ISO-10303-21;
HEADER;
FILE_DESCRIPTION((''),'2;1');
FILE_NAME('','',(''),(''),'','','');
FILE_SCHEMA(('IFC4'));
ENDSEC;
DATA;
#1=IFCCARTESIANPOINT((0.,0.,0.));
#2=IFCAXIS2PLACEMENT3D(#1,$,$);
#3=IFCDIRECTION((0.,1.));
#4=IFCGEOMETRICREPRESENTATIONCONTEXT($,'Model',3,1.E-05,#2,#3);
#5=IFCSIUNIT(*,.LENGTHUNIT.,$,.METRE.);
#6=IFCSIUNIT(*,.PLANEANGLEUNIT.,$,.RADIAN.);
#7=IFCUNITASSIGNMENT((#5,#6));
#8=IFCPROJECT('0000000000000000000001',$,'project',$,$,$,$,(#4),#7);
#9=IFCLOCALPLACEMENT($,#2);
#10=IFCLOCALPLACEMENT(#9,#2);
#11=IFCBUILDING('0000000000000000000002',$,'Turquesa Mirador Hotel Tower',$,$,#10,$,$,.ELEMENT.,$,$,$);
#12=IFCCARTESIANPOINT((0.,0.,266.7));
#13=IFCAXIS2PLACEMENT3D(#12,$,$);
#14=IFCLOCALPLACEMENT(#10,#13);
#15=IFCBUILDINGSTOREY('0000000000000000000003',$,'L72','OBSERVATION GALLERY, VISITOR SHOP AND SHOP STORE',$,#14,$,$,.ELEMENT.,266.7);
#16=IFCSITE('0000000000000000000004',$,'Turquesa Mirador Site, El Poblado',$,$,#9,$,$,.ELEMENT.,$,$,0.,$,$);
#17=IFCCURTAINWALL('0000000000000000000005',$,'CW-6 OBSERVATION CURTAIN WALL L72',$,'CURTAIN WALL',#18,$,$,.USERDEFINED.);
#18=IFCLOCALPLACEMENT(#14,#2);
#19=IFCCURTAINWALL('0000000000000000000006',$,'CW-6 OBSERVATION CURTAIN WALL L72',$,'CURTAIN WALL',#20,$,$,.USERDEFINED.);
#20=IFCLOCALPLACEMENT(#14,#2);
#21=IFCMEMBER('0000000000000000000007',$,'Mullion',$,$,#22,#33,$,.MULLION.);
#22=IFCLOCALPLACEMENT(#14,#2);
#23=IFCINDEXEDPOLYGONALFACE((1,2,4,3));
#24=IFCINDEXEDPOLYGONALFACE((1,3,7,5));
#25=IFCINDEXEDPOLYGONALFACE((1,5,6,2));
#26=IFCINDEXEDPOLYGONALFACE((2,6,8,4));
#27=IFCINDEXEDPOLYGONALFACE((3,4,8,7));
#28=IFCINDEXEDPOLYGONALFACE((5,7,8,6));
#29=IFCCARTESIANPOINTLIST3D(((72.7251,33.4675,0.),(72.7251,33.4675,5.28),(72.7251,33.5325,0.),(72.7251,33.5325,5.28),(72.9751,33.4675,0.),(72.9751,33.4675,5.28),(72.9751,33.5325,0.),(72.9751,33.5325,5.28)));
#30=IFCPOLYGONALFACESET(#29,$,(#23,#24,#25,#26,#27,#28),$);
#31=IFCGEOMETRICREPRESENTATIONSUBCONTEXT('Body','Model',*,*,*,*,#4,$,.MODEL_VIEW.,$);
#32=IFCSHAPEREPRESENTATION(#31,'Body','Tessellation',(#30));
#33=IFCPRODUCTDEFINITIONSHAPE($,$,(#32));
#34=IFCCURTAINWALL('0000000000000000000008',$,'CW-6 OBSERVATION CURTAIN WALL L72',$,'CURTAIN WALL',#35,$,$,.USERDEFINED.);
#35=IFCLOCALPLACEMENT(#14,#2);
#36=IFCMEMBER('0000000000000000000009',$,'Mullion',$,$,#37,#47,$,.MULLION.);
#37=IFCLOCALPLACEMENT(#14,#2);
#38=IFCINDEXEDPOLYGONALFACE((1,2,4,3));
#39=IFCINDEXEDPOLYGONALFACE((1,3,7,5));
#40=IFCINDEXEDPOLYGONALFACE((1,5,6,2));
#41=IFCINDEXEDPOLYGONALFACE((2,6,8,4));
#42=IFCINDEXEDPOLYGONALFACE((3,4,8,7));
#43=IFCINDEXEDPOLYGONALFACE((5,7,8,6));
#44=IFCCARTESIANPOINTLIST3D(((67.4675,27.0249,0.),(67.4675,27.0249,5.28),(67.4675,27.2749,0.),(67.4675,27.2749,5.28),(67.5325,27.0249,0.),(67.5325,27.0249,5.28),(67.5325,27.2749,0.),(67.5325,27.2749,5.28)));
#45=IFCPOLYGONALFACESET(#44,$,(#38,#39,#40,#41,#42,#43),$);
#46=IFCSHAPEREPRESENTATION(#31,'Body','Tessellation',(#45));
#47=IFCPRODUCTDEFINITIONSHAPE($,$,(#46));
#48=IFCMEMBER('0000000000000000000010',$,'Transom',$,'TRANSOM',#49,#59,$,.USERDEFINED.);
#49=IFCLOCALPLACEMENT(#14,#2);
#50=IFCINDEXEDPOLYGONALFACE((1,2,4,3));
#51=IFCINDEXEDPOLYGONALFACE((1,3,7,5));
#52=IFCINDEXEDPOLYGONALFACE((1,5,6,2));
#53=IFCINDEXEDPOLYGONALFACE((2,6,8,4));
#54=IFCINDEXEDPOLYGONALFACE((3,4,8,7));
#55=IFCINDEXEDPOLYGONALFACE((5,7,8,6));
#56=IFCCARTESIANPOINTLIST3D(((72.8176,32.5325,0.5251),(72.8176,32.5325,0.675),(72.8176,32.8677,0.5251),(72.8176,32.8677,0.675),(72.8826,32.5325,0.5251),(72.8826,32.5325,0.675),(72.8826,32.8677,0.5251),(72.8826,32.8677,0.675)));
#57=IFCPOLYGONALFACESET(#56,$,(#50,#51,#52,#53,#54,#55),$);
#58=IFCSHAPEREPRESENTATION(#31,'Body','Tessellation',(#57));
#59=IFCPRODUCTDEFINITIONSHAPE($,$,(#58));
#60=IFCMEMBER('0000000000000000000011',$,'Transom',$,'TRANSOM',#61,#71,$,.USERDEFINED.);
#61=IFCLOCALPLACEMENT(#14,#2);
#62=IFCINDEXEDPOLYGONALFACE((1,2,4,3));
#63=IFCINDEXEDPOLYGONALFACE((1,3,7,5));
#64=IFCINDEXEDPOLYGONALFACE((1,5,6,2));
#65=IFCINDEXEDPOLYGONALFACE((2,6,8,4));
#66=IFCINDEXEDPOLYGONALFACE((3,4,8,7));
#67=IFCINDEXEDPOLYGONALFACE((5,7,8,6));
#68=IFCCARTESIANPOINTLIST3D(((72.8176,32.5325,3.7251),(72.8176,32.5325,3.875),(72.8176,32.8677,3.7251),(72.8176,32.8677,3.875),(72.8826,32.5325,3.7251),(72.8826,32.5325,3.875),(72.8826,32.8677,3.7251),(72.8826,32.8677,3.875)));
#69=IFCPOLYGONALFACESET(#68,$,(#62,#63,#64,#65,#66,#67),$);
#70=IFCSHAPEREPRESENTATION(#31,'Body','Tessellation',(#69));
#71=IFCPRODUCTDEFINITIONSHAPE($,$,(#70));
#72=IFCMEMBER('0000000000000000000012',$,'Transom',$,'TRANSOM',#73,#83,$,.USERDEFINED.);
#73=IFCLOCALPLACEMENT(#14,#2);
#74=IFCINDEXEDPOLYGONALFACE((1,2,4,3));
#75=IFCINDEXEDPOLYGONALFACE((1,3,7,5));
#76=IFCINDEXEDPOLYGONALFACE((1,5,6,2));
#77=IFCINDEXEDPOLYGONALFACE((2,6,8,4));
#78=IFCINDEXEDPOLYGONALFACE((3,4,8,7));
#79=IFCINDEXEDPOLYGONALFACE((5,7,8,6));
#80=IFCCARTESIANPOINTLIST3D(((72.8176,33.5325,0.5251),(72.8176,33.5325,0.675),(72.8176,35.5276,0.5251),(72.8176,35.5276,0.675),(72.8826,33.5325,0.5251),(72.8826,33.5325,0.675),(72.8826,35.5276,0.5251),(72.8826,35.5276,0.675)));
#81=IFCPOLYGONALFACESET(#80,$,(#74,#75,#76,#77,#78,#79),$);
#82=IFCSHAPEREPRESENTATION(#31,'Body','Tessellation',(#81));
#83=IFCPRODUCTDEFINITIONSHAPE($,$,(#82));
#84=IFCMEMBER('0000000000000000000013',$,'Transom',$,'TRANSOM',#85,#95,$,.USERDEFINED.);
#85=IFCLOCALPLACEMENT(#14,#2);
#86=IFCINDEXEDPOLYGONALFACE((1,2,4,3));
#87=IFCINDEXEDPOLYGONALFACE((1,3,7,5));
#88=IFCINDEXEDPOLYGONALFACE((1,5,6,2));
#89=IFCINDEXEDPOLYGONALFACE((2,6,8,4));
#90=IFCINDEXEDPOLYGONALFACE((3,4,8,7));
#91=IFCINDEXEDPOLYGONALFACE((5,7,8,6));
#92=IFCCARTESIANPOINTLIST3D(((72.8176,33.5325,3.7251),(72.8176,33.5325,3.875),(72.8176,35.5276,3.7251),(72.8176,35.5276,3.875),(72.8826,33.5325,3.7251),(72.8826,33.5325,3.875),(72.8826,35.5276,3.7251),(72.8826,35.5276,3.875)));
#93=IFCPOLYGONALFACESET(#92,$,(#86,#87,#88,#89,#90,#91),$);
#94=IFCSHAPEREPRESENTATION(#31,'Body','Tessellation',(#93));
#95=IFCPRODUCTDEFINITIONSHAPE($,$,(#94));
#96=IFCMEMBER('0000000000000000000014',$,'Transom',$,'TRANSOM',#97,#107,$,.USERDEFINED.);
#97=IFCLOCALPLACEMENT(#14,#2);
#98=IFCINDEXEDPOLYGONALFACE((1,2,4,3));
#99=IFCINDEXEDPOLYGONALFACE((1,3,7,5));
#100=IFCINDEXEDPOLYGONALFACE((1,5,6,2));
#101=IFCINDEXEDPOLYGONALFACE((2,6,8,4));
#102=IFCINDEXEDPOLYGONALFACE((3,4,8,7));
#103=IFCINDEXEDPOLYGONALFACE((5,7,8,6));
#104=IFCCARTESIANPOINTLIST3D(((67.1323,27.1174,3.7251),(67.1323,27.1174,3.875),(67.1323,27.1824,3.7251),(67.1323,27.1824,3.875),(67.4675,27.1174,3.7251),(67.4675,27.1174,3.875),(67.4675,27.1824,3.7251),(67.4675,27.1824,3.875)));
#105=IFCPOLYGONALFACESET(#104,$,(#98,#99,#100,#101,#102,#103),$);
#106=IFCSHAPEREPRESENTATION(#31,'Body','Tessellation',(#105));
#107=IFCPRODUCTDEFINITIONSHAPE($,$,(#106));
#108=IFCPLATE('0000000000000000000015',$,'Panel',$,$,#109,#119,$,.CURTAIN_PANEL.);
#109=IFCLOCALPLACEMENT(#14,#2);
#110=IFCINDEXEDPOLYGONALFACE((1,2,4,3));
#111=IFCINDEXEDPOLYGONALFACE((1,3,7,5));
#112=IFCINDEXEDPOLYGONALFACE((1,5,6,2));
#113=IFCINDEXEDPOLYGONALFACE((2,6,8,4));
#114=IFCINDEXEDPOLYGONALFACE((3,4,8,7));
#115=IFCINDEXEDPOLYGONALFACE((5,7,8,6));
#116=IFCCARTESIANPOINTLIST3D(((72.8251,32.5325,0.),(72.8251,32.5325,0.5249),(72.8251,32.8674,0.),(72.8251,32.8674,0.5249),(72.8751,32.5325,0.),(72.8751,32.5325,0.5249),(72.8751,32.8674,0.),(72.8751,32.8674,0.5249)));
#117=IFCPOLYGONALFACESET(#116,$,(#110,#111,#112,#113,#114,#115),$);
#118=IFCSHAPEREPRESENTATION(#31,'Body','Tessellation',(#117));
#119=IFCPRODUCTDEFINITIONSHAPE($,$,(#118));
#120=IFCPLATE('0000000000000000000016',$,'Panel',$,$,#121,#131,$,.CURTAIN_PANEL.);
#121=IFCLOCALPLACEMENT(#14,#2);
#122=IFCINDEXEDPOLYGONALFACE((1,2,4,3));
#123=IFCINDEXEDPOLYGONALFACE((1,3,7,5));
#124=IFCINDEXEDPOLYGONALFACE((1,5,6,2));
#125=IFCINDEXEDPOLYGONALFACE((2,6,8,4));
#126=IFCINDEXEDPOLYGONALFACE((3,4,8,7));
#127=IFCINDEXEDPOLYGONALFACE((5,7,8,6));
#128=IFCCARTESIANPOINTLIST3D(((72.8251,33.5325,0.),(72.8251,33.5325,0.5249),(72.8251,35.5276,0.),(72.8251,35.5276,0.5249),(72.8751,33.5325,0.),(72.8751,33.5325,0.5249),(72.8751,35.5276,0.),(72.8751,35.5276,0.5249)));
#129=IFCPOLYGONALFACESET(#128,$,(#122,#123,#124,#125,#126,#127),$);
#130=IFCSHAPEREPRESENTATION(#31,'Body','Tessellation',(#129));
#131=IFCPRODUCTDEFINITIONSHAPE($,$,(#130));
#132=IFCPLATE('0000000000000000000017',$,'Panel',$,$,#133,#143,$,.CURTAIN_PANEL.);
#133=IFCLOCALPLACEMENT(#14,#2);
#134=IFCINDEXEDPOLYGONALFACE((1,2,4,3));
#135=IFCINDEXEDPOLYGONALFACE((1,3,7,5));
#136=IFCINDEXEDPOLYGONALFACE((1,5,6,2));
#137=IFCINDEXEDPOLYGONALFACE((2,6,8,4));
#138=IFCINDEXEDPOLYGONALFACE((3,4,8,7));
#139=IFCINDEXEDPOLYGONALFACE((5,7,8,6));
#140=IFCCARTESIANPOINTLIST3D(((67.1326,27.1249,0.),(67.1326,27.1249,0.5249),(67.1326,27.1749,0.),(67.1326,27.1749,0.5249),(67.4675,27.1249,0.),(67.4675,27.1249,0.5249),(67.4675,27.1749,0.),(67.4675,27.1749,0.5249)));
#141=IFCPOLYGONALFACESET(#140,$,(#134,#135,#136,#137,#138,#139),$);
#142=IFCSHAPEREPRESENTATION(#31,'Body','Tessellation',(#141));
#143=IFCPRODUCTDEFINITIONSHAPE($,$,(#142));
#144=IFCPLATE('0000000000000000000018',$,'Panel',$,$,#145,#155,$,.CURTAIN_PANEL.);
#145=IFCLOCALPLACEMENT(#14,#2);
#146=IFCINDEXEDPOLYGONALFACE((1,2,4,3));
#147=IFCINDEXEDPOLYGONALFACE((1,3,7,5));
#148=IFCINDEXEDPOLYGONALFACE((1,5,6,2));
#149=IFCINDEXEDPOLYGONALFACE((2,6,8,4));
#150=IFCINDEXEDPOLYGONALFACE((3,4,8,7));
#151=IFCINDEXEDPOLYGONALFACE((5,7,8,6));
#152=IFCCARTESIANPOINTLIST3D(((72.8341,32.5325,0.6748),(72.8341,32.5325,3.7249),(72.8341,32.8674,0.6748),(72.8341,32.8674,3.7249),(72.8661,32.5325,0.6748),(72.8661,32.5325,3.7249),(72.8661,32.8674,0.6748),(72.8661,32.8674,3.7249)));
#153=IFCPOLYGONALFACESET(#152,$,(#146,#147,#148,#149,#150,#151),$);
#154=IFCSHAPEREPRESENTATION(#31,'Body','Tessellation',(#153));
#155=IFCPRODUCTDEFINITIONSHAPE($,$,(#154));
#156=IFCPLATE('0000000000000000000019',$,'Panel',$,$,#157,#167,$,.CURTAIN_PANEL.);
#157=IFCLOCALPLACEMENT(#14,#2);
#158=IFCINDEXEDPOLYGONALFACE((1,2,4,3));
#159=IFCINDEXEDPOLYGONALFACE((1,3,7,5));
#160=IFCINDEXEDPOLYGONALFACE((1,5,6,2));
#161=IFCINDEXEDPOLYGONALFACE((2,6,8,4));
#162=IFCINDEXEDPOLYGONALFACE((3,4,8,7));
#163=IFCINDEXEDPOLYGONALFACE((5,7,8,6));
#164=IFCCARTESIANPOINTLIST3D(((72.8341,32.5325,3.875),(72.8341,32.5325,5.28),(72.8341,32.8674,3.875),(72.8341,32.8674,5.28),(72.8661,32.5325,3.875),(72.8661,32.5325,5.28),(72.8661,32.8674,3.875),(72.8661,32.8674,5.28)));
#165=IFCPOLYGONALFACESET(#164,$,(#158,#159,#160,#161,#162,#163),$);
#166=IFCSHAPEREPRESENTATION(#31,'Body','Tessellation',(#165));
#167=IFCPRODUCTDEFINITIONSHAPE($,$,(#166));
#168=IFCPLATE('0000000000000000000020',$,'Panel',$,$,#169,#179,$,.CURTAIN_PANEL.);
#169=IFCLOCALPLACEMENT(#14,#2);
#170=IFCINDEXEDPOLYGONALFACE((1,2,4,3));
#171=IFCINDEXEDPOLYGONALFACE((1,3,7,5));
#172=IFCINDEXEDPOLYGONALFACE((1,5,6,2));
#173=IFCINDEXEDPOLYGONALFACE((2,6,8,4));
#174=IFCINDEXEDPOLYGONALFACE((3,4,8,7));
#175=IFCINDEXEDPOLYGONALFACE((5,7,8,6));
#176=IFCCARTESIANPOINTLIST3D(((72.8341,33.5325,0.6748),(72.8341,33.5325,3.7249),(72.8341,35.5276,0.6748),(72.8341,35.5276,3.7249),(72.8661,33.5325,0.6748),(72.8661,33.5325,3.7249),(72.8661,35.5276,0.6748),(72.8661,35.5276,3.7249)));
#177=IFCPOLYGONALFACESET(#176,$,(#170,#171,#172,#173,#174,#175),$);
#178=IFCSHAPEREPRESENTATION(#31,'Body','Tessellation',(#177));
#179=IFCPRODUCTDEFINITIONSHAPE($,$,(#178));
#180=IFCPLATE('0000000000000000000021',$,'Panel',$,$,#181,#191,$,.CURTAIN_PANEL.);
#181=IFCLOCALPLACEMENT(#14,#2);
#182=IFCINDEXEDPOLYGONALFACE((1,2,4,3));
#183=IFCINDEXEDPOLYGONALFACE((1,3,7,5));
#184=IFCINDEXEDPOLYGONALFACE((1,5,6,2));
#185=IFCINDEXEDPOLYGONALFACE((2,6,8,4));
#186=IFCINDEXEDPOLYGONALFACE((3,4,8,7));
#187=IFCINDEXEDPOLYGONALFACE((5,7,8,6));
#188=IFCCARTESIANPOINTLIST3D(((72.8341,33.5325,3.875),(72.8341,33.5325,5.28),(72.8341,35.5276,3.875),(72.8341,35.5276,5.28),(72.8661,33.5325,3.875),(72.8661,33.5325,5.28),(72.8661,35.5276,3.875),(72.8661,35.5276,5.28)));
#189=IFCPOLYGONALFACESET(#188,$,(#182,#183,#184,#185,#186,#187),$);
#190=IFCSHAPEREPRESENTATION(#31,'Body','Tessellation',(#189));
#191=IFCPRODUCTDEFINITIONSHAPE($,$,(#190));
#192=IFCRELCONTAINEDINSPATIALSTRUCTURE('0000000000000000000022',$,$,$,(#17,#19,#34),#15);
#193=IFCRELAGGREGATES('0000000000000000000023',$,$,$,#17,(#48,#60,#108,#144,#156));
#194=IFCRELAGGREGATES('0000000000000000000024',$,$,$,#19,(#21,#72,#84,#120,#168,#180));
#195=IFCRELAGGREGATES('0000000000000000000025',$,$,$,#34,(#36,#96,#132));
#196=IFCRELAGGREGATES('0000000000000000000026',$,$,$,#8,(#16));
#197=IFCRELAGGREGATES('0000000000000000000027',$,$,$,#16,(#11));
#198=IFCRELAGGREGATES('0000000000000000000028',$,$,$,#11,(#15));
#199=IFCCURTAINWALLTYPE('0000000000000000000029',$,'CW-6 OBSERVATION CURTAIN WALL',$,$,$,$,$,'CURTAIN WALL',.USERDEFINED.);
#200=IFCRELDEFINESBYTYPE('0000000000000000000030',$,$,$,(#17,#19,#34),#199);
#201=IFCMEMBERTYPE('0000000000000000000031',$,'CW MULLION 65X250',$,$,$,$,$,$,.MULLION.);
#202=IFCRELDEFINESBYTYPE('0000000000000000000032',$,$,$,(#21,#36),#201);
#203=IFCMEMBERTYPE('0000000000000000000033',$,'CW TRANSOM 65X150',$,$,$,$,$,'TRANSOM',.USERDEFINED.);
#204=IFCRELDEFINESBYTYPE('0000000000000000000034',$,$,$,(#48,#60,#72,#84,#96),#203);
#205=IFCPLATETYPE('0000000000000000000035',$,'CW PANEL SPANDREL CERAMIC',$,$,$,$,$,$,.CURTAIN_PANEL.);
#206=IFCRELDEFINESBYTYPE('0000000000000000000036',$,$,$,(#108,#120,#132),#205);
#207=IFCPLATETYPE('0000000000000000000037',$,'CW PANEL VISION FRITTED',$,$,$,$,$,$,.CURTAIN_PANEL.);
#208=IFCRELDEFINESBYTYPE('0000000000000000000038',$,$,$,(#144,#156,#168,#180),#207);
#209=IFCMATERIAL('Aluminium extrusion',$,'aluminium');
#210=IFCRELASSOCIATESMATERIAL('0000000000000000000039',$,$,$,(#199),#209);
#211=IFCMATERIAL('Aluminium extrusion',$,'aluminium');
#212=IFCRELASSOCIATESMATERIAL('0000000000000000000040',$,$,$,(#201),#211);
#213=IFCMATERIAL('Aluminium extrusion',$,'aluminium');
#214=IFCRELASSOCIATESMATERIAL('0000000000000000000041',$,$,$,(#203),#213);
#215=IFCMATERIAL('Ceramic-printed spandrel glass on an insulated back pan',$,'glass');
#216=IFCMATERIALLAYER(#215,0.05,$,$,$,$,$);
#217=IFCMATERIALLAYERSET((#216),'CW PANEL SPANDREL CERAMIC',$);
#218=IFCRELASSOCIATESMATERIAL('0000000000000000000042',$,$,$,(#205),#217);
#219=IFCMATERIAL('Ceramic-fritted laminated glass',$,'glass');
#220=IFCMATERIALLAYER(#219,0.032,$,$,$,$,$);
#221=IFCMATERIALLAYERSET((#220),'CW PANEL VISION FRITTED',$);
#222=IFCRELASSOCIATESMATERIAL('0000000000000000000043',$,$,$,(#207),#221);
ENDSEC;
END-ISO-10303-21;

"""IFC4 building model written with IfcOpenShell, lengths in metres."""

from ifc_helpers import new_model, si_unit, direction, frame, origin, origin_2d, place, context, subcontext, project, spatial, rectangle, extrude, material, layer, layer_set, material_profile, profile_set, type_object, element, aggregate, save


model = new_model("IFC4")

# Units and contexts
model_context = context("Model", 3, precision=1e-05, world=origin(), true_north=direction((0.0, 1.0)))
body_context = subcontext(model_context, "Body", "Model", "MODEL_VIEW")
ifc_project = project(units=[si_unit("LENGTHUNIT", "METRE"), si_unit("PLANEANGLEUNIT", "RADIAN")], contexts=[model_context])

# Site, building, storey
site_placement = place(None, origin())
site = spatial("IfcSite", under=ifc_project, at=site_placement, Name="Turquesa Mirador Site, El Poblado", CompositionType="ELEMENT", RefElevation=0.0)
building_placement = place(site_placement, origin())
building = spatial("IfcBuilding", under=site, at=building_placement, Name="Turquesa Mirador Hotel Tower", CompositionType="ELEMENT")
storey_placement = place(building_placement, frame((0.0, 0.0, 266.7)))
storey = spatial("IfcBuildingStorey", under=building, at=storey_placement, Name="L72", Description="OBSERVATION GALLERY, VISITOR SHOP AND SHOP STORE", CompositionType="ELEMENT", Elevation=266.7)

# Curtain wall
ifc_material_1 = material(Name="Aluminium extrusion", Category="aluminium")
curtain_wall_type = type_object("IfcCurtainWallType", Name="CW-6 OBSERVATION CURTAIN WALL", ElementType="CURTAIN WALL", PredefinedType="USERDEFINED", material=ifc_material_1)
curtain_wall_1_placement = place(storey_placement, origin())
curtain_wall_1 = element("IfcCurtainWall", 1, at=curtain_wall_1_placement, inside=storey, type_object=curtain_wall_type, Name="CW-6 OBSERVATION CURTAIN WALL L72", ObjectType="CURTAIN WALL", PredefinedType="USERDEFINED")
ifc_material_2 = material(Name="Aluminium extrusion", Category="aluminium")
ifc_material_profile_1 = material_profile(ifc_material_2, rectangle(XDim=0.0649, YDim=0.25, at=origin_2d()), Name="MULLION 65X250")
ifc_profile_set_1 = profile_set([ifc_material_profile_1], Name="Aluminium extrusion")
member_type_1 = type_object("IfcMemberType", Name="CW MULLION 65X250", PredefinedType="MULLION", material=ifc_profile_set_1)

# Curtain walls, members
curtain_wall_2_placement = place(storey_placement, origin())
curtain_wall_2 = element("IfcCurtainWall", 2, at=curtain_wall_2_placement, inside=storey, type_object=curtain_wall_type, Name="CW-6 OBSERVATION CURTAIN WALL L72", ObjectType="CURTAIN WALL", PredefinedType="USERDEFINED")
member_1_placement = place(storey_placement, frame((72.8501, 33.5, 0.0), z_axis=(0.0, 0.0, 1.0), x_axis=(0.0, 1.0, 0.0)))
member_1 = element("IfcMember", 3, at=member_1_placement, type_object=member_type_1, Name="Mullion", PredefinedType="MULLION", context=body_context, shape_type="SweptSolid", body=[
    extrude(rectangle(XDim=0.0649, YDim=0.25, at=origin_2d()), origin(), (0.0, 0.0, 1.0), 5.28),
])
curtain_wall_3_placement = place(storey_placement, origin())
curtain_wall_3 = element("IfcCurtainWall", 4, at=curtain_wall_3_placement, inside=storey, type_object=curtain_wall_type, Name="CW-6 OBSERVATION CURTAIN WALL L72", ObjectType="CURTAIN WALL", PredefinedType="USERDEFINED")
member_2_placement = place(storey_placement, frame((67.5, 27.1499, 0.0), z_axis=(0.0, 0.0, 1.0), x_axis=(1.0, 0.0, 0.0)))
member_2 = element("IfcMember", 5, at=member_2_placement, type_object=member_type_1, Name="Mullion", PredefinedType="MULLION", context=body_context, shape_type="SweptSolid", body=[
    extrude(rectangle(XDim=0.0649, YDim=0.25, at=origin_2d()), origin(), (0.0, 0.0, 1.0), 5.28),
])

# Members
ifc_material_3 = material(Name="Aluminium extrusion", Category="aluminium")
ifc_material_profile_2 = material_profile(ifc_material_3, rectangle(XDim=0.0649, YDim=0.1499, at=origin_2d()), Name="TRANSOM 65X150")
ifc_profile_set_2 = profile_set([ifc_material_profile_2], Name="Aluminium extrusion")
member_type_2 = type_object("IfcMemberType", Name="CW TRANSOM 65X150", ElementType="TRANSOM", PredefinedType="USERDEFINED", material=ifc_profile_set_2)
member_3_placement = place(storey_placement, frame((72.8501, 32.5325, 0.6001), z_axis=(0.0, 1.0, 0.0), x_axis=(-1.0, 0.0, 0.0)))
member_3 = element("IfcMember", 6, at=member_3_placement, type_object=member_type_2, Name="Transom", ObjectType="TRANSOM", PredefinedType="USERDEFINED", context=body_context, shape_type="SweptSolid", body=[
    extrude(rectangle(XDim=0.0649, YDim=0.1499, at=origin_2d()), origin(), (0.0, 0.0, 1.0), 0.3352),
])
member_4_placement = place(storey_placement, frame((72.8501, 32.5325, 3.8), z_axis=(0.0, 1.0, 0.0), x_axis=(-1.0, 0.0, 0.0)))
member_4 = element("IfcMember", 7, at=member_4_placement, type_object=member_type_2, Name="Transom", ObjectType="TRANSOM", PredefinedType="USERDEFINED", context=body_context, shape_type="SweptSolid", body=[
    extrude(rectangle(XDim=0.0649, YDim=0.1499, at=origin_2d()), origin(), (0.0, 0.0, 1.0), 0.3352),
])
member_5_placement = place(storey_placement, frame((72.8501, 33.5325, 0.6001), z_axis=(0.0, 1.0, 0.0), x_axis=(-1.0, 0.0, 0.0)))
member_5 = element("IfcMember", 8, at=member_5_placement, type_object=member_type_2, Name="Transom", ObjectType="TRANSOM", PredefinedType="USERDEFINED", context=body_context, shape_type="SweptSolid", body=[
    extrude(rectangle(XDim=0.0649, YDim=0.1499, at=origin_2d()), origin(), (0.0, 0.0, 1.0), 1.9951),
])
member_6_placement = place(storey_placement, frame((72.8501, 33.5325, 3.8), z_axis=(0.0, 1.0, 0.0), x_axis=(-1.0, 0.0, 0.0)))
member_6 = element("IfcMember", 9, at=member_6_placement, type_object=member_type_2, Name="Transom", ObjectType="TRANSOM", PredefinedType="USERDEFINED", context=body_context, shape_type="SweptSolid", body=[
    extrude(rectangle(XDim=0.0649, YDim=0.1499, at=origin_2d()), origin(), (0.0, 0.0, 1.0), 1.9951),
])
member_7_placement = place(storey_placement, frame((67.1323, 27.1499, 3.8), z_axis=(1.0, 0.0, 0.0), x_axis=(0.0, 1.0, 0.0)))
member_7 = element("IfcMember", 10, at=member_7_placement, type_object=member_type_2, Name="Transom", ObjectType="TRANSOM", PredefinedType="USERDEFINED", context=body_context, shape_type="SweptSolid", body=[
    extrude(rectangle(XDim=0.0649, YDim=0.1499, at=origin_2d()), origin(), (0.0, 0.0, 1.0), 0.3352),
])

# Plates
ifc_material_4 = material(Name="Ceramic-printed spandrel glass on an insulated back pan", Category="glass")
ifc_layer_1 = layer(ifc_material_4, 0.05)
ifc_layer_set_1 = layer_set([ifc_layer_1], Name="CW PANEL SPANDREL CERAMIC")
plate_type_1 = type_object("IfcPlateType", Name="CW PANEL SPANDREL CERAMIC", PredefinedType="CURTAIN_PANEL", material=ifc_layer_set_1)
plate_1_placement = place(storey_placement, frame((72.8501, 32.7, 0.0), z_axis=(0.0, 0.0, 1.0), x_axis=(0.0, 1.0, 0.0)))
plate_1 = element("IfcPlate", 11, at=plate_1_placement, type_object=plate_type_1, Name="Panel", PredefinedType="CURTAIN_PANEL", context=body_context, shape_type="SweptSolid", body=[
    extrude(rectangle(XDim=0.335, YDim=0.05, at=origin_2d()), origin(), (0.0, 0.0, 1.0), 0.5249),
])
plate_2_placement = place(storey_placement, frame((72.8501, 34.53, 0.0), z_axis=(0.0, 0.0, 1.0), x_axis=(0.0, 1.0, 0.0)))
plate_2 = element("IfcPlate", 12, at=plate_2_placement, type_object=plate_type_1, Name="Panel", PredefinedType="CURTAIN_PANEL", context=body_context, shape_type="SweptSolid", body=[
    extrude(rectangle(XDim=1.9951, YDim=0.05, at=origin_2d()), origin(), (0.0, 0.0, 1.0), 0.5249),
])
plate_3_placement = place(storey_placement, frame((67.3, 27.1499, 0.0), z_axis=(0.0, 0.0, 1.0), x_axis=(1.0, 0.0, 0.0)))
plate_3 = element("IfcPlate", 13, at=plate_3_placement, type_object=plate_type_1, Name="Panel", PredefinedType="CURTAIN_PANEL", context=body_context, shape_type="SweptSolid", body=[
    extrude(rectangle(XDim=0.335, YDim=0.05, at=origin_2d()), origin(), (0.0, 0.0, 1.0), 0.5249),
])
ifc_material_5 = material(Name="Ceramic-fritted laminated glass", Category="glass")
ifc_layer_2 = layer(ifc_material_5, 0.032)
ifc_layer_set_2 = layer_set([ifc_layer_2], Name="CW PANEL VISION FRITTED")
plate_type_2 = type_object("IfcPlateType", Name="CW PANEL VISION FRITTED", PredefinedType="CURTAIN_PANEL", material=ifc_layer_set_2)
plate_4_placement = place(storey_placement, frame((72.8501, 32.7, 0.6748), z_axis=(0.0, 0.0, 1.0), x_axis=(0.0, 1.0, 0.0)))
plate_4 = element("IfcPlate", 14, at=plate_4_placement, type_object=plate_type_2, Name="Panel", PredefinedType="CURTAIN_PANEL", context=body_context, shape_type="SweptSolid", body=[
    extrude(rectangle(XDim=0.335, YDim=0.032, at=origin_2d()), origin(), (0.0, 0.0, 1.0), 3.05),
])
plate_5_placement = place(storey_placement, frame((72.8501, 32.7, 3.875), z_axis=(0.0, 0.0, 1.0), x_axis=(0.0, 1.0, 0.0)))
plate_5 = element("IfcPlate", 15, at=plate_5_placement, type_object=plate_type_2, Name="Panel", PredefinedType="CURTAIN_PANEL", context=body_context, shape_type="SweptSolid", body=[
    extrude(rectangle(XDim=0.335, YDim=0.032, at=origin_2d()), origin(), (0.0, 0.0, 1.0), 1.405),
])
aggregate(curtain_wall_1, [member_3, member_4, plate_1, plate_4, plate_5])
plate_6_placement = place(storey_placement, frame((72.8501, 34.53, 0.6748), z_axis=(0.0, 0.0, 1.0), x_axis=(0.0, 1.0, 0.0)))
plate_6 = element("IfcPlate", 16, at=plate_6_placement, type_object=plate_type_2, Name="Panel", PredefinedType="CURTAIN_PANEL", context=body_context, shape_type="SweptSolid", body=[
    extrude(rectangle(XDim=1.9951, YDim=0.032, at=origin_2d()), origin(), (0.0, 0.0, 1.0), 3.05),
])
plate_7_placement = place(storey_placement, frame((72.8501, 34.53, 3.875), z_axis=(0.0, 0.0, 1.0), x_axis=(0.0, 1.0, 0.0)))
plate_7 = element("IfcPlate", 17, at=plate_7_placement, type_object=plate_type_2, Name="Panel", PredefinedType="CURTAIN_PANEL", context=body_context, shape_type="SweptSolid", body=[
    extrude(rectangle(XDim=1.9951, YDim=0.032, at=origin_2d()), origin(), (0.0, 0.0, 1.0), 1.405),
])
aggregate(curtain_wall_2, [member_1, member_5, member_6, plate_2, plate_6, plate_7])
aggregate(curtain_wall_3, [member_2, member_7, plate_3])

save(model, "model.ifc")
